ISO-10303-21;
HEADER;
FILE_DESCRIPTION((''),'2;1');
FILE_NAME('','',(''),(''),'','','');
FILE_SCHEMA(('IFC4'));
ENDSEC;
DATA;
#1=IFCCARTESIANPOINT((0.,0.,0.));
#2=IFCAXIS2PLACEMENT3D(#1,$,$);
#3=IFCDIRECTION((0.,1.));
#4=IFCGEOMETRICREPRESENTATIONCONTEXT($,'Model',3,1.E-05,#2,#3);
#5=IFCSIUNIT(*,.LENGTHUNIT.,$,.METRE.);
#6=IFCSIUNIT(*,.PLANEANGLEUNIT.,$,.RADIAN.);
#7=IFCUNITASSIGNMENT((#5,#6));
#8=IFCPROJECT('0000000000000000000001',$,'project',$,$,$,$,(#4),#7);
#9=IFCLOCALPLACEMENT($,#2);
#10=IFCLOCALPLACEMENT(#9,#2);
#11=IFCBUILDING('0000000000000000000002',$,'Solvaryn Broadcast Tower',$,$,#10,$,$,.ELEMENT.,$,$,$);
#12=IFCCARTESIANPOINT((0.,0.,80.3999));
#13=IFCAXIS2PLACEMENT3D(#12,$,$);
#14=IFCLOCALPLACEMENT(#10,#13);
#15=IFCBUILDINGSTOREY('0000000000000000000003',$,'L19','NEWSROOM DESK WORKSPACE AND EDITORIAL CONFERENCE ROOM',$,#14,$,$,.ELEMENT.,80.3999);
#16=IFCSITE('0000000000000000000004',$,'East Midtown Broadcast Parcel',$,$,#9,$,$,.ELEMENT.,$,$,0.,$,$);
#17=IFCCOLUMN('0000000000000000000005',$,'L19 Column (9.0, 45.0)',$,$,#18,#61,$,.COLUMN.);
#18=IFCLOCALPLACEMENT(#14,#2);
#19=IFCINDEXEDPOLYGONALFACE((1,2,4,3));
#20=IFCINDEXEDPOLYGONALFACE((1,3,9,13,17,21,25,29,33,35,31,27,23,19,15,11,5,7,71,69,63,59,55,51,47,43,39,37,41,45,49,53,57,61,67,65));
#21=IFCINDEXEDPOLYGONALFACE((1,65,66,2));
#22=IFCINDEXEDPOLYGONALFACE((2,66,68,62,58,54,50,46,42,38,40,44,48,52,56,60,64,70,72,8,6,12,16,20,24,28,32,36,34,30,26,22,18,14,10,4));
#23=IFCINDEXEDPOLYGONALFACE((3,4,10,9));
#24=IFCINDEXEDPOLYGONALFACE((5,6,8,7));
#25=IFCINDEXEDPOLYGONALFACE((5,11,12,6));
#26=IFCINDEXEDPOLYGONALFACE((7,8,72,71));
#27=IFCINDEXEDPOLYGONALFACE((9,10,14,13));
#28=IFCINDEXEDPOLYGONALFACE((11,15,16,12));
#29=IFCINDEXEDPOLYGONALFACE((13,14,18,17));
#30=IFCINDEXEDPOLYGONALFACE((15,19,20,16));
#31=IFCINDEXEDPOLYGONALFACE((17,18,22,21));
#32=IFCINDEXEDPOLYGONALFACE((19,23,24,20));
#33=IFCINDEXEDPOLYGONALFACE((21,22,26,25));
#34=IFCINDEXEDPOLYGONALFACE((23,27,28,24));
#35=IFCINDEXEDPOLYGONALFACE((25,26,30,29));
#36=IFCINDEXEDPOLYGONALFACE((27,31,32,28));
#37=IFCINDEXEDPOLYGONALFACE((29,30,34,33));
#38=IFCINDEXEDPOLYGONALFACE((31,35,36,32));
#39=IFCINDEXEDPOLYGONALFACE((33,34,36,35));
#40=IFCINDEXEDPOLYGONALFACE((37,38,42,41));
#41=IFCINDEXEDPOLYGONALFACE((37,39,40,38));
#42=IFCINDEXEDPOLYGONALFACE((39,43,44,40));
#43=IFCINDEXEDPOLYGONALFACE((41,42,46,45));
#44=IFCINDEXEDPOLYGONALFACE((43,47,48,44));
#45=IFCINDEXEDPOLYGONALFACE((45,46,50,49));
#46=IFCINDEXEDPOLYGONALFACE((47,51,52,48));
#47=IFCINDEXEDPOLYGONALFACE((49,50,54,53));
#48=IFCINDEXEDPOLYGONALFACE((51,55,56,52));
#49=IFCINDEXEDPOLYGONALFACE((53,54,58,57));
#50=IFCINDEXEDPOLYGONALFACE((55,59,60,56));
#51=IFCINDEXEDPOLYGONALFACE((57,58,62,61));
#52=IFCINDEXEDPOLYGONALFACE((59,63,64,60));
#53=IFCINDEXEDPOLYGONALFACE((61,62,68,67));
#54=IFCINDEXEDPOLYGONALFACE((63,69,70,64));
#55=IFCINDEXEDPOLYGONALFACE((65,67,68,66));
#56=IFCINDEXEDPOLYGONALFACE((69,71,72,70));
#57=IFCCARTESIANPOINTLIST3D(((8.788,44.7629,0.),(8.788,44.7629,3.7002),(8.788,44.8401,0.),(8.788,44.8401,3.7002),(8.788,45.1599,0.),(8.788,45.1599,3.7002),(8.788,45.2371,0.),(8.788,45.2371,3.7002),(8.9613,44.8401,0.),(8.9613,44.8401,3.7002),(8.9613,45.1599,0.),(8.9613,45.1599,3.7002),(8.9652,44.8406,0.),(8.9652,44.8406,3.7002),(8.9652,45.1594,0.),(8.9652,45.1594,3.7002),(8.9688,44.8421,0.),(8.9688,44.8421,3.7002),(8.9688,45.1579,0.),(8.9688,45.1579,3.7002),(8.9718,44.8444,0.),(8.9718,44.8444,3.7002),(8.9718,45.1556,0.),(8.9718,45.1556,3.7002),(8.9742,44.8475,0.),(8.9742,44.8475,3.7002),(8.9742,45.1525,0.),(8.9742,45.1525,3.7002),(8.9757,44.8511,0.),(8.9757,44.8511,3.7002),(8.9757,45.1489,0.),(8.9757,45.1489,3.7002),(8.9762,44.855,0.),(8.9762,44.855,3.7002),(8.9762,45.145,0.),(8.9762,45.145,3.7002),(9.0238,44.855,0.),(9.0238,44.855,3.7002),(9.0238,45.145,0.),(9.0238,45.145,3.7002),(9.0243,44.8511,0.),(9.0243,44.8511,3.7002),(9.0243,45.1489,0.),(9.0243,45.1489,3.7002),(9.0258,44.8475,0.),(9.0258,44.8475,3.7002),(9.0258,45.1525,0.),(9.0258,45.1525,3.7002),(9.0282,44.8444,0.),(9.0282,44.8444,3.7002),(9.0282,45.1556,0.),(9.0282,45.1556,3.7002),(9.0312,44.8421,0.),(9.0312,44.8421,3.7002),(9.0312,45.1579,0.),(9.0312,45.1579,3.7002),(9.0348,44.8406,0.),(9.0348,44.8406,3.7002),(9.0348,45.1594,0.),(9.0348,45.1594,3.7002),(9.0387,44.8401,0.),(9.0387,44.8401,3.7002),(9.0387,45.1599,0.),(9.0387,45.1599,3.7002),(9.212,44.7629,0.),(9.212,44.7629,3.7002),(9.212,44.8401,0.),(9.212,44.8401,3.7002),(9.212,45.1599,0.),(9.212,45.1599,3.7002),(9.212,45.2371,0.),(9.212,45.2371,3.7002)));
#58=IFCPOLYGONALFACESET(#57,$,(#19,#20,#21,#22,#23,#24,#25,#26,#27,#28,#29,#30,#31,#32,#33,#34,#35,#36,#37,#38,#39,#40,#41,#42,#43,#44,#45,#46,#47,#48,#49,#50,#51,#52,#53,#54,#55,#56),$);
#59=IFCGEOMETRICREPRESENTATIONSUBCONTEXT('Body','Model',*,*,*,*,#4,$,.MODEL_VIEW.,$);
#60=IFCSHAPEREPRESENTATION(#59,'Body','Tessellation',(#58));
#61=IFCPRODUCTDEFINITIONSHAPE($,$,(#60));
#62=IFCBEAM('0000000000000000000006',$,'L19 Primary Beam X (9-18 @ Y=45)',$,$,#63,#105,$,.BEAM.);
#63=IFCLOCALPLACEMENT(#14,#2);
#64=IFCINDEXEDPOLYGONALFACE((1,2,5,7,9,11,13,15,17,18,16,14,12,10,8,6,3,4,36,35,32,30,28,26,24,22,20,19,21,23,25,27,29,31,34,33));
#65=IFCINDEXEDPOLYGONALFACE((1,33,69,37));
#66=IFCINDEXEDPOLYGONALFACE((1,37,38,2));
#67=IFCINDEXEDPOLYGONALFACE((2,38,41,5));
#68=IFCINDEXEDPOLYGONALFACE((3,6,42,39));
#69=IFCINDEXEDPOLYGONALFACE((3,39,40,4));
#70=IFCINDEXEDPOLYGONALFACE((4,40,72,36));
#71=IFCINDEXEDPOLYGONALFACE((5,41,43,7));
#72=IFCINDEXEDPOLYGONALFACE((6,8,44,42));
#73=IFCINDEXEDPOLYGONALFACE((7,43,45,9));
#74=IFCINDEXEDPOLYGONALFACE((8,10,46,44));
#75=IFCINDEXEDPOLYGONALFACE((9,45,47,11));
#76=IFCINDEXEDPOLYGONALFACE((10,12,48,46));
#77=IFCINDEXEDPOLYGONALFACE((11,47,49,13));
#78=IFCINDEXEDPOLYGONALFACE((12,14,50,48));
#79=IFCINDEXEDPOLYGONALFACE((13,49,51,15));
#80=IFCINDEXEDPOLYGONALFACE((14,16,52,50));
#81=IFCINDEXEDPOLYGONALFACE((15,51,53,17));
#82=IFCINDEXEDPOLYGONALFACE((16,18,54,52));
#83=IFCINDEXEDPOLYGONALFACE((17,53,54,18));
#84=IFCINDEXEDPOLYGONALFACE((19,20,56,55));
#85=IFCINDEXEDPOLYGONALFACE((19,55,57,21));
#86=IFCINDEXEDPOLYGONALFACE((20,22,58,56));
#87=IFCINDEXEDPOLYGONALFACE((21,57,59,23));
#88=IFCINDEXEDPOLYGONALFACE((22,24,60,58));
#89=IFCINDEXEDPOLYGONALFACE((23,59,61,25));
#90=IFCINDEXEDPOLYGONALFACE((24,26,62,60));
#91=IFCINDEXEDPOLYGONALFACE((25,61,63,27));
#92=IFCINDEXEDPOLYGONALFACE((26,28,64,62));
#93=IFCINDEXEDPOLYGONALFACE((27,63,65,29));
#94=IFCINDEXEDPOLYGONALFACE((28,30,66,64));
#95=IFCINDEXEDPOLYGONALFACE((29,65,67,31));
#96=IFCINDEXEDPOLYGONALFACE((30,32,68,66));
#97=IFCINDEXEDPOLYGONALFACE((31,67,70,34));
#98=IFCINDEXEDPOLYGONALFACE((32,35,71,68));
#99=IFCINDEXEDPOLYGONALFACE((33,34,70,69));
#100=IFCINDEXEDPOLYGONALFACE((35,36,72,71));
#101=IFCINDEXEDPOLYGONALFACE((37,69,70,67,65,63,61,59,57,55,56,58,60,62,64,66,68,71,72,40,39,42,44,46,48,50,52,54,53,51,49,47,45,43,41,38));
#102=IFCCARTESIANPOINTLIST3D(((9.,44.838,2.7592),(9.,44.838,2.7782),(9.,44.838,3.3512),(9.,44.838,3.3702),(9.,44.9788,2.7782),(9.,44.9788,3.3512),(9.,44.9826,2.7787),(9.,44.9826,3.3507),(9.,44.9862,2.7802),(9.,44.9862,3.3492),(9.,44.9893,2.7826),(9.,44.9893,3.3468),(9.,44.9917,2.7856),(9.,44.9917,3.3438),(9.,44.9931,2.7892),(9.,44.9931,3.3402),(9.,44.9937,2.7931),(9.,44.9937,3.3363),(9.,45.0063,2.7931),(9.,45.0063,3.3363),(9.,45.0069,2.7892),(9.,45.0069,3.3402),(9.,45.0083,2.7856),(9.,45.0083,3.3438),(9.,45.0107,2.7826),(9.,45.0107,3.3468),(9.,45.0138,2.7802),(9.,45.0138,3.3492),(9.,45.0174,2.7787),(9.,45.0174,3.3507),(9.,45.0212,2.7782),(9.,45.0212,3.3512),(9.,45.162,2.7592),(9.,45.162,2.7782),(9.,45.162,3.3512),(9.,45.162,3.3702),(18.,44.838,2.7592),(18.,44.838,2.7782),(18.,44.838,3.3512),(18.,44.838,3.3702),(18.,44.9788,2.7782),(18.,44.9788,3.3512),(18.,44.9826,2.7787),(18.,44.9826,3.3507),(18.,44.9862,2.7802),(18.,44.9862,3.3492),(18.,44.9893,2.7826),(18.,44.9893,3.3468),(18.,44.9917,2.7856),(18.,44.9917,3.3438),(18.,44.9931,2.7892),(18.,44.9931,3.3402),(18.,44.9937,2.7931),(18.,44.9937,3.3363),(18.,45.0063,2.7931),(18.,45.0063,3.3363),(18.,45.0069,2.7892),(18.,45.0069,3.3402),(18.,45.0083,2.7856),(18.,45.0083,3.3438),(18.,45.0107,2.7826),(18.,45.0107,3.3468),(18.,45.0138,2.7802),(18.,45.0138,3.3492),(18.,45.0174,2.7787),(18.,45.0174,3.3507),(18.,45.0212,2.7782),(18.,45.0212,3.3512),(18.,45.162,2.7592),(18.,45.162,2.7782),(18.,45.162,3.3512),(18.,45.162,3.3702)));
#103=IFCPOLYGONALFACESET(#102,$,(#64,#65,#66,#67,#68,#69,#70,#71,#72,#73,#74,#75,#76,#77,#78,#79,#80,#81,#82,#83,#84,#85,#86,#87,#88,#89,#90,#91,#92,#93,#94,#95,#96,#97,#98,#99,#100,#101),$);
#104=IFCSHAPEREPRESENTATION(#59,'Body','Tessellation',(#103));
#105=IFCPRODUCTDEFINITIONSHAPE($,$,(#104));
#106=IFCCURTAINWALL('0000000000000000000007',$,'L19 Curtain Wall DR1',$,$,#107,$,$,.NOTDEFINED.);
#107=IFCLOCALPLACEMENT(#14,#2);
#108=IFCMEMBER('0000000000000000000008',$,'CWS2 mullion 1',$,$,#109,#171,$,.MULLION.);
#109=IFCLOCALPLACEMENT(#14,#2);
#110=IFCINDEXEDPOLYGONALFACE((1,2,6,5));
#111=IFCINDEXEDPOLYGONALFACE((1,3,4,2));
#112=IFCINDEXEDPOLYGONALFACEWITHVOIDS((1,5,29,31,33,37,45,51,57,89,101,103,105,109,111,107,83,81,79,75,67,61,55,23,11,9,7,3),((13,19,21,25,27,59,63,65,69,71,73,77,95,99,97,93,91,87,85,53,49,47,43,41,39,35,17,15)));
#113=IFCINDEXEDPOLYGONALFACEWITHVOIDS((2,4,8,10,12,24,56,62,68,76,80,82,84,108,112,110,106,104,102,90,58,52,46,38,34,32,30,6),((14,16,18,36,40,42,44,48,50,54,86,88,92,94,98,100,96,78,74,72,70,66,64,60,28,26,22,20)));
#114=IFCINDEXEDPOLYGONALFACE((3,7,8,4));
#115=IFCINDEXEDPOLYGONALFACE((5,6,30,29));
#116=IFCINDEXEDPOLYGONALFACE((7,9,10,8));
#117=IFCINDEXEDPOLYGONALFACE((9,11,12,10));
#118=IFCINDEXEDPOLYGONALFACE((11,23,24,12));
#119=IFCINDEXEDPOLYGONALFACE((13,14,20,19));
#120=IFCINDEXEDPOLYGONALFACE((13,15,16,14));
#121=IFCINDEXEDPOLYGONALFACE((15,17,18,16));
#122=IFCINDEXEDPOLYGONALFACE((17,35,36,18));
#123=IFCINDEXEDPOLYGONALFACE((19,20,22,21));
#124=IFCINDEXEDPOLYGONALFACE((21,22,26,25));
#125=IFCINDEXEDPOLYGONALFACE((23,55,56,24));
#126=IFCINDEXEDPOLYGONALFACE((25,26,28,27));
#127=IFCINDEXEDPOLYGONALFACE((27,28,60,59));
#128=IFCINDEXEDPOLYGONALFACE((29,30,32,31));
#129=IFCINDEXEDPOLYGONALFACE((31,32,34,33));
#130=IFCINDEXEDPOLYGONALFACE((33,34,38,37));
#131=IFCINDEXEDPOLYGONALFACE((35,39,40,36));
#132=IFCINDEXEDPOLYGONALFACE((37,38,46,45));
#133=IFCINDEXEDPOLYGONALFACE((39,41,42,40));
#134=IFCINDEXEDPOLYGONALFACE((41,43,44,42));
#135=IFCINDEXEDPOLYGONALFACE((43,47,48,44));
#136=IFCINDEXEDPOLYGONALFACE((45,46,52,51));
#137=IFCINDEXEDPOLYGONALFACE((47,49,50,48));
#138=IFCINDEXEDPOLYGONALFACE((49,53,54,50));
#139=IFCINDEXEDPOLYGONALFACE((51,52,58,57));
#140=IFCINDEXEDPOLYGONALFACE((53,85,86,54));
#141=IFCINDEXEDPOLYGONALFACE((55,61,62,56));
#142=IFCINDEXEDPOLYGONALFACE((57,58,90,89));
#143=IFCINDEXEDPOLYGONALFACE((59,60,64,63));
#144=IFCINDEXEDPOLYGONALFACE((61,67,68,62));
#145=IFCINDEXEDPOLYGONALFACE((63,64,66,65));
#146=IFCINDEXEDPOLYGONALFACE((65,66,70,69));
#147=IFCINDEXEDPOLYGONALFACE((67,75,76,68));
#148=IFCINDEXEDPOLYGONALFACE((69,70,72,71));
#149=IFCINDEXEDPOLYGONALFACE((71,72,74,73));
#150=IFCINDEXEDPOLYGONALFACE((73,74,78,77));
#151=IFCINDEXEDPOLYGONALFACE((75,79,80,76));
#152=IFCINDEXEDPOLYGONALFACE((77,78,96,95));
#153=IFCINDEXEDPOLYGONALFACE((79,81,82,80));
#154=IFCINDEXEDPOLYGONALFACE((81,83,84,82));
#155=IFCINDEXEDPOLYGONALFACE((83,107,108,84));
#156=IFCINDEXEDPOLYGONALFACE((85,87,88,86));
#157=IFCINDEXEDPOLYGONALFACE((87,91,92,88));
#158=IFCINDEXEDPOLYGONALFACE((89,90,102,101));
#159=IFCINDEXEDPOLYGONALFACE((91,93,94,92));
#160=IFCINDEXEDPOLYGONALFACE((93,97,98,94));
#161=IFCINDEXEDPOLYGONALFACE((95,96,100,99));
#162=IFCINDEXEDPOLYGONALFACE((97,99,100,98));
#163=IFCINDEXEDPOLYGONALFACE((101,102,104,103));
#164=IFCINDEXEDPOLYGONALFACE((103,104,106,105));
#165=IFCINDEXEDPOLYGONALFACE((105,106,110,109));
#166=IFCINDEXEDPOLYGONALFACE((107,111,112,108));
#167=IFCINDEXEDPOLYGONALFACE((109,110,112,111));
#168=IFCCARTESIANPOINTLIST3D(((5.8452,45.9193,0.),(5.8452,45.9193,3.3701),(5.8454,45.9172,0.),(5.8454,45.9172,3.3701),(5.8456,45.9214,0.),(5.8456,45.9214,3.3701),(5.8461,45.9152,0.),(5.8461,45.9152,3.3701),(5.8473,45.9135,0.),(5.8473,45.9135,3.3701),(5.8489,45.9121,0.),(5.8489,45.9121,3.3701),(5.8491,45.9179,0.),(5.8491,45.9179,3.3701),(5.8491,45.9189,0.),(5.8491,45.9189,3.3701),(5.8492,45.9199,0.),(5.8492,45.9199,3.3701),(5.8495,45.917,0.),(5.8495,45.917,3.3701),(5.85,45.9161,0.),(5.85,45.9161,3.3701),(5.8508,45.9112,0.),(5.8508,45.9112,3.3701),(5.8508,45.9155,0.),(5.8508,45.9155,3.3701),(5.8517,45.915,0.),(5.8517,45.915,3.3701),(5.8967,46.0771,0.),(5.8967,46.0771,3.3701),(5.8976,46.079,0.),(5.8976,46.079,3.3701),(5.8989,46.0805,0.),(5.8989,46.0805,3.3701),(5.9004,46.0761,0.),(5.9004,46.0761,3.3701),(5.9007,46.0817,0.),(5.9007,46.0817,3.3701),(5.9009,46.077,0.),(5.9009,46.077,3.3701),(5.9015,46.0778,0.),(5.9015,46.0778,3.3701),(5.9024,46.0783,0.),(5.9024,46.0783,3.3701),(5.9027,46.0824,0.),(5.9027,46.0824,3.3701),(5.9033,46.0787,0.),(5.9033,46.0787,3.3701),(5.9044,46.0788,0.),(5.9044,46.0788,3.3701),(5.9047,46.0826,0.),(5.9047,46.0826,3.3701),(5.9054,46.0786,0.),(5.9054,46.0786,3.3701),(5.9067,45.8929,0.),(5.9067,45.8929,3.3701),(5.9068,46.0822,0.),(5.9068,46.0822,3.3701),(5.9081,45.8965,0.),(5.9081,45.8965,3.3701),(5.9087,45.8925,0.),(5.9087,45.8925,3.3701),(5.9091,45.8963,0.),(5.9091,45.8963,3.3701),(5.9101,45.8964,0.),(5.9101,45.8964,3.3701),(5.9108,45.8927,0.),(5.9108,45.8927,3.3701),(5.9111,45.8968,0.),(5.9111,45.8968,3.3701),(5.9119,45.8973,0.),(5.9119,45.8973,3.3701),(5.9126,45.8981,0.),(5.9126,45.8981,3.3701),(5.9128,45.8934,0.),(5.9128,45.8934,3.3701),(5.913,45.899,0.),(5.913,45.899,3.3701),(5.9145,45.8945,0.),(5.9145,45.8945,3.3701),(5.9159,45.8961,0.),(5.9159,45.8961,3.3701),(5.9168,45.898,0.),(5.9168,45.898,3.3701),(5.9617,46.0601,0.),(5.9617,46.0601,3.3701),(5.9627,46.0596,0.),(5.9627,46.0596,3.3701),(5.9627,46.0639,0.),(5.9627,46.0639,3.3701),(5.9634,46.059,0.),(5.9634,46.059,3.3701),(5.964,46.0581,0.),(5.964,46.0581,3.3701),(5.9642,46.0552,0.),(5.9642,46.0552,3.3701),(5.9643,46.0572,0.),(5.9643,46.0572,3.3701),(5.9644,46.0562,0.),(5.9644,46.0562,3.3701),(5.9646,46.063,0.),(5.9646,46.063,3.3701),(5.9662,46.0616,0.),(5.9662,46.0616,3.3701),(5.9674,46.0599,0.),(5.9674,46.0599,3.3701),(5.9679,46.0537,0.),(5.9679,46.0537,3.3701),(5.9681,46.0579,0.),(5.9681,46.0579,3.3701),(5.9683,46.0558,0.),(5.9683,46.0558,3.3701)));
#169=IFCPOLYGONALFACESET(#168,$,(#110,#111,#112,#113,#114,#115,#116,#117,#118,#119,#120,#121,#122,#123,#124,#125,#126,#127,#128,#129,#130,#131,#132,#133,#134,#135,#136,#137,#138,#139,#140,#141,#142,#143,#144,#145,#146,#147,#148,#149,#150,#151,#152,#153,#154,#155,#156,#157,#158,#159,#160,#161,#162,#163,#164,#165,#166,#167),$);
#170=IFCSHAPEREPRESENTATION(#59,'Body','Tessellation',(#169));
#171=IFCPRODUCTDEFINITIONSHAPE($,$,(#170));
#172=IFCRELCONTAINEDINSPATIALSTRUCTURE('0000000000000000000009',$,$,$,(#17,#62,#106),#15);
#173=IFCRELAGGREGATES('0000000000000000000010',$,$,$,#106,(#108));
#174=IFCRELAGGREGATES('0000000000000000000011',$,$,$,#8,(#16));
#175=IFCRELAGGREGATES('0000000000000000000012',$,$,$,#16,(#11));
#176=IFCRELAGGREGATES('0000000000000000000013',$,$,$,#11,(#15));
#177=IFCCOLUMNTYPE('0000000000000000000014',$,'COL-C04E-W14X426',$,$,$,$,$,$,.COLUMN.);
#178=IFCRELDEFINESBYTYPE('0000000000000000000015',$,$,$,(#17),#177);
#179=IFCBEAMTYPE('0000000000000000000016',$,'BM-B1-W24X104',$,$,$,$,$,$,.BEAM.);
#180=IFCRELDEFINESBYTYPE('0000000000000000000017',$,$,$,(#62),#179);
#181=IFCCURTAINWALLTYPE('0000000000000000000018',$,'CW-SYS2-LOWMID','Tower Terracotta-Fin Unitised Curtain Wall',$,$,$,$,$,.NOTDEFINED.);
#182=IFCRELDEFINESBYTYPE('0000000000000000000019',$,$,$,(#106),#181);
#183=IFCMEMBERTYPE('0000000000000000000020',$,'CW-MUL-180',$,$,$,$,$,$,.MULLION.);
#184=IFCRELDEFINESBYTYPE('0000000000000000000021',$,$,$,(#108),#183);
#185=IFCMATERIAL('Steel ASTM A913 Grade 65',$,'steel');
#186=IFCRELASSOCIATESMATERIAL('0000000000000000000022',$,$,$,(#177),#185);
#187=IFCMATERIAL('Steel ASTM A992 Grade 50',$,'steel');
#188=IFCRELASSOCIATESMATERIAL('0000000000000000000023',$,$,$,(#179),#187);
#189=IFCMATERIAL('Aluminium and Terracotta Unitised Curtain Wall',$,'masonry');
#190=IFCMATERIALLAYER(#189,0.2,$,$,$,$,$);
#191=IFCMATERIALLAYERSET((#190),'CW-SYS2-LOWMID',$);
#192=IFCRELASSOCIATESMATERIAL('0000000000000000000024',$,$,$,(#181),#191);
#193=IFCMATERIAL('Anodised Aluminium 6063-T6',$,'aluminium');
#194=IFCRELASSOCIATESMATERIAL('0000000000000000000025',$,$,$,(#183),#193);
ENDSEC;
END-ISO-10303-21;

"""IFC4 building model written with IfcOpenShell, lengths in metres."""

from ifc_helpers import new_model, si_unit, direction, frame, origin, origin_2d, place, context, subcontext, project, spatial, hollow_rectangle, i_section, extrude, material, layer, layer_set, material_profile, profile_set, type_object, element, aggregate, save


model = new_model("IFC4")

# Units and contexts
model_context = context("Model", 3, precision=1e-05, world=origin(), true_north=direction((0.0, 1.0)))
body_context = subcontext(model_context, "Body", "Model", "MODEL_VIEW")
ifc_project = project(units=[si_unit("LENGTHUNIT", "METRE"), si_unit("PLANEANGLEUNIT", "RADIAN")], contexts=[model_context])

# Site, building, storey
site_placement = place(None, origin())
site = spatial("IfcSite", under=ifc_project, at=site_placement, Name="East Midtown Broadcast Parcel", CompositionType="ELEMENT", RefElevation=0.0)
building_placement = place(site_placement, origin())
building = spatial("IfcBuilding", under=site, at=building_placement, Name="Solvaryn Broadcast Tower", CompositionType="ELEMENT")
storey_placement = place(building_placement, frame((0.0, 0.0, 80.3999)))
storey = spatial("IfcBuildingStorey", under=building, at=storey_placement, Name="L19", Description="NEWSROOM DESK WORKSPACE AND EDITORIAL CONFERENCE ROOM", CompositionType="ELEMENT", Elevation=80.3999)

# Column
ifc_material_1 = material(Name="Steel ASTM A913 Grade 65", Category="steel")
ifc_material_profile_1 = material_profile(ifc_material_1, i_section(OverallWidth=0.4241, OverallDepth=0.4741, WebThickness=0.0476, FlangeThickness=0.0771, FilletRadius=0.0149, at=origin_2d()))
ifc_profile_set_1 = profile_set([ifc_material_profile_1], Name="Steel ASTM A913 Grade 65")
column_type = type_object("IfcColumnType", Name="COL-C04E-W14X426", PredefinedType="COLUMN", material=ifc_profile_set_1)
column_placement = place(storey_placement, frame((9.0, 45.0, 0.0), z_axis=(0.0, 0.0, 1.0), x_axis=(1.0, 0.0, 0.0)))
element("IfcColumn", 1, at=column_placement, inside=storey, type_object=column_type, Name="L19 Column (9.0, 45.0)", PredefinedType="COLUMN", context=body_context, shape_type="SweptSolid", body=[
    extrude(i_section(OverallWidth=0.4241, OverallDepth=0.4741, WebThickness=0.0476, FlangeThickness=0.0771, FilletRadius=0.0149, at=origin_2d()), origin(), (0.0, 0.0, 1.0), 3.7002),
])

# Beam
ifc_material_2 = material(Name="Steel ASTM A992 Grade 50", Category="steel")
ifc_material_profile_2 = material_profile(ifc_material_2, i_section(OverallWidth=0.324, OverallDepth=0.6111, WebThickness=0.0127, FlangeThickness=0.019, FilletRadius=0.0149, at=origin_2d()))
ifc_profile_set_2 = profile_set([ifc_material_profile_2], Name="Steel ASTM A992 Grade 50")
beam_type = type_object("IfcBeamType", Name="BM-B1-W24X104", PredefinedType="BEAM", material=ifc_profile_set_2)
beam_placement = place(storey_placement, frame((9.0, 45.0, 3.0647), z_axis=(1.0, 0.0, 0.0), x_axis=(0.0, 1.0, 0.0)))
element("IfcBeam", 2, at=beam_placement, inside=storey, type_object=beam_type, Name="L19 Primary Beam X (9-18 @ Y=45)", PredefinedType="BEAM", context=body_context, shape_type="SweptSolid", body=[
    extrude(i_section(OverallWidth=0.324, OverallDepth=0.6111, WebThickness=0.0127, FlangeThickness=0.019, FilletRadius=0.0149, at=origin_2d()), origin(), (0.0, 0.0, 1.0), 9.0),
])

# Curtain wall, member
ifc_material_3 = material(Name="Aluminium and Terracotta Unitised Curtain Wall", Category="masonry")
ifc_layer_1 = layer(ifc_material_3, 0.2)
ifc_layer_set_1 = layer_set([ifc_layer_1], Name="CW-SYS2-LOWMID")
curtain_wall_type = type_object("IfcCurtainWallType", Name="CW-SYS2-LOWMID", Description="Tower Terracotta-Fin Unitised Curtain Wall", PredefinedType="NOTDEFINED", material=ifc_layer_set_1)
curtain_wall_1_placement = place(storey_placement, origin())
curtain_wall_1 = element("IfcCurtainWall", 3, at=curtain_wall_1_placement, inside=storey, type_object=curtain_wall_type, Name="L19 Curtain Wall DR1", PredefinedType="NOTDEFINED")
ifc_material_4 = material(Name="Anodised Aluminium 6063-T6", Category="aluminium")
ifc_material_profile_3 = material_profile(ifc_material_4, hollow_rectangle(XDim=0.075, YDim=0.1799, WallThickness=0.0039, InnerFilletRadius=0.0039, OuterFilletRadius=0.0081, at=origin_2d()))
ifc_profile_set_3 = profile_set([ifc_material_profile_3], Name="Anodised Aluminium 6063-T6")
member_type_1 = type_object("IfcMemberType", Name="CW-MUL-180", PredefinedType="MULLION", material=ifc_profile_set_3)
member_1_placement = place(storey_placement, frame((5.9067, 45.9875, 0.0), z_axis=(0.0, 0.0, 1.0), x_axis=(0.950215, -0.311594, 0.0)))
member_1 = element("IfcMember", 4, at=member_1_placement, type_object=member_type_1, Name="CWS2 mullion 1", PredefinedType="MULLION", context=body_context, shape_type="SweptSolid", body=[
    extrude(hollow_rectangle(XDim=0.075, YDim=0.1799, WallThickness=0.0039, InnerFilletRadius=0.0039, OuterFilletRadius=0.0081, at=origin_2d()), origin(), (0.0, 0.0, 1.0), 3.3701),
])

aggregate(curtain_wall_1, [member_1])

save(model, "model.ifc")
